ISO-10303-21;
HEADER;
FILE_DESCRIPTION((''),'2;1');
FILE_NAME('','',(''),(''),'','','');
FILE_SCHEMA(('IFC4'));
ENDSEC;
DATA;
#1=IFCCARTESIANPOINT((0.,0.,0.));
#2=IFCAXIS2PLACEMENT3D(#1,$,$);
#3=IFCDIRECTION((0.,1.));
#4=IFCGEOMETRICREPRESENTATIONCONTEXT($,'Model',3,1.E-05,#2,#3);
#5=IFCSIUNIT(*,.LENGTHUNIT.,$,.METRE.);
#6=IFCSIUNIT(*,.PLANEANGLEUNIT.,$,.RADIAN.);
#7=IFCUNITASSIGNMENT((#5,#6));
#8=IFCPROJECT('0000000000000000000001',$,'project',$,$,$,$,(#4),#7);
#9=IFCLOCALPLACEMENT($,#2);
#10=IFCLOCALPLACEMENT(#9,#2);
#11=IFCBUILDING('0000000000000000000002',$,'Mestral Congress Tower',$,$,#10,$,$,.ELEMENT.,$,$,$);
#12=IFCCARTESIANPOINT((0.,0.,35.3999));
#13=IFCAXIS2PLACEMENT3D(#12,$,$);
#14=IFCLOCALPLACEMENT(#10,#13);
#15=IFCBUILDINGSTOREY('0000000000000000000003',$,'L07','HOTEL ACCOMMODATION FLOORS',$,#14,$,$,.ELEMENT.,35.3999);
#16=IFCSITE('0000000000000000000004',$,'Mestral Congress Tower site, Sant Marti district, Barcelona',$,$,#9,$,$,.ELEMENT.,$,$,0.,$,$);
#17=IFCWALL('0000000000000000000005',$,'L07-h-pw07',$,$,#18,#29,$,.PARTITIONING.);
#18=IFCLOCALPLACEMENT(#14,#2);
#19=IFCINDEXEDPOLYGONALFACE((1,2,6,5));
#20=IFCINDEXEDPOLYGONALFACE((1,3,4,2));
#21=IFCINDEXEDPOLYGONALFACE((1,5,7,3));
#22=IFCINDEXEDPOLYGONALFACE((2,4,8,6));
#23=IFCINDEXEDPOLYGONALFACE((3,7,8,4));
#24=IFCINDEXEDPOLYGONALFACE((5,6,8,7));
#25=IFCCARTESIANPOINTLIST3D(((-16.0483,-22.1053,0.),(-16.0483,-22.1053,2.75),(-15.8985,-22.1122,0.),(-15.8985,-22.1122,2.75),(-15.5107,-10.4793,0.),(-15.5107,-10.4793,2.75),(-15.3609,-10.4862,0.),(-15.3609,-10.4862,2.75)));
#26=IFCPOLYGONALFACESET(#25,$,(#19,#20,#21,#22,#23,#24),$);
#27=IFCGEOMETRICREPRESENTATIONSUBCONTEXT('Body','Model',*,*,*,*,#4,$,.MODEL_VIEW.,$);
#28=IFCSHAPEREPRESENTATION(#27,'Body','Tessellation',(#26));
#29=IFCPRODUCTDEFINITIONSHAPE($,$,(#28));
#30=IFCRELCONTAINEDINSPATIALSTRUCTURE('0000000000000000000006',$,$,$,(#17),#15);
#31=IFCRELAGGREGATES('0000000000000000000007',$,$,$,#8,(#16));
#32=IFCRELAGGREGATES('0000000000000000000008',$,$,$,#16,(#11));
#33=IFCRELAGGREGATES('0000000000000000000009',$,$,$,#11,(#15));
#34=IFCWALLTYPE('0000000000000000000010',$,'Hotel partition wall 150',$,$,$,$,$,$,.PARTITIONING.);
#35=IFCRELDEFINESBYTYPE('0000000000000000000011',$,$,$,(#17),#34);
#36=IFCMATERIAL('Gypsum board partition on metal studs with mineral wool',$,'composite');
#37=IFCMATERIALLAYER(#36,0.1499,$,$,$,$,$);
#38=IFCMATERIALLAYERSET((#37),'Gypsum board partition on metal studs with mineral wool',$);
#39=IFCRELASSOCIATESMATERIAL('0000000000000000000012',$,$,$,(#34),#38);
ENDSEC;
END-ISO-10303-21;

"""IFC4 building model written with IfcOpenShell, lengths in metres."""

from ifc_helpers import new_model, si_unit, direction, frame, frame_2d, origin, place, context, subcontext, project, spatial, rectangle, extrude, material, layer, layer_set, type_object, element, save


model = new_model("IFC4")

# Units and contexts
model_context = context("Model", 3, precision=1e-05, world=origin(), true_north=direction((0.0, 1.0)))
body_context = subcontext(model_context, "Body", "Model", "MODEL_VIEW")
ifc_project = project(units=[si_unit("LENGTHUNIT", "METRE"), si_unit("PLANEANGLEUNIT", "RADIAN")], contexts=[model_context])

# Site, building, storey
site_placement = place(None, origin())
site = spatial("IfcSite", under=ifc_project, at=site_placement, Name="Mestral Congress Tower site, Sant Marti district, Barcelona", CompositionType="ELEMENT", RefElevation=0.0)
building_placement = place(site_placement, origin())
building = spatial("IfcBuilding", under=site, at=building_placement, Name="Mestral Congress Tower", CompositionType="ELEMENT")
storey_placement = place(building_placement, frame((0.0, 0.0, 35.3999)))
storey = spatial("IfcBuildingStorey", under=building, at=storey_placement, Name="L07", Description="HOTEL ACCOMMODATION FLOORS", CompositionType="ELEMENT", Elevation=35.3999)

# Shared definitions
ifc_material_1 = material(Name="Gypsum board partition on metal studs with mineral wool", Category="composite")

# Wall
ifc_layer_1 = layer(ifc_material_1, 0.1499)
ifc_layer_set_1 = layer_set([ifc_layer_1], Name="Gypsum board partition on metal studs with mineral wool")
wall_type_1 = type_object("IfcWallType", Name="Hotel partition wall 150", PredefinedType="PARTITIONING", material=ifc_layer_set_1)
wall_1_placement = place(storey_placement, frame((-15.9734, -22.1089, 0.0), z_axis=(0.0, 0.0, 1.0), x_axis=(0.046192, 0.998933, 0.0)))
element("IfcWall", 1, at=wall_1_placement, inside=storey, type_object=wall_type_1, Name="L07-h-pw07", PredefinedType="PARTITIONING", context=body_context, shape_type="SweptSolid", body=[
    extrude(rectangle(XDim=11.6384, YDim=0.1499, at=frame_2d((5.8193, 0.0))), origin(), (0.0, 0.0, 1.0), 2.75),
])

save(model, "model.ifc")
